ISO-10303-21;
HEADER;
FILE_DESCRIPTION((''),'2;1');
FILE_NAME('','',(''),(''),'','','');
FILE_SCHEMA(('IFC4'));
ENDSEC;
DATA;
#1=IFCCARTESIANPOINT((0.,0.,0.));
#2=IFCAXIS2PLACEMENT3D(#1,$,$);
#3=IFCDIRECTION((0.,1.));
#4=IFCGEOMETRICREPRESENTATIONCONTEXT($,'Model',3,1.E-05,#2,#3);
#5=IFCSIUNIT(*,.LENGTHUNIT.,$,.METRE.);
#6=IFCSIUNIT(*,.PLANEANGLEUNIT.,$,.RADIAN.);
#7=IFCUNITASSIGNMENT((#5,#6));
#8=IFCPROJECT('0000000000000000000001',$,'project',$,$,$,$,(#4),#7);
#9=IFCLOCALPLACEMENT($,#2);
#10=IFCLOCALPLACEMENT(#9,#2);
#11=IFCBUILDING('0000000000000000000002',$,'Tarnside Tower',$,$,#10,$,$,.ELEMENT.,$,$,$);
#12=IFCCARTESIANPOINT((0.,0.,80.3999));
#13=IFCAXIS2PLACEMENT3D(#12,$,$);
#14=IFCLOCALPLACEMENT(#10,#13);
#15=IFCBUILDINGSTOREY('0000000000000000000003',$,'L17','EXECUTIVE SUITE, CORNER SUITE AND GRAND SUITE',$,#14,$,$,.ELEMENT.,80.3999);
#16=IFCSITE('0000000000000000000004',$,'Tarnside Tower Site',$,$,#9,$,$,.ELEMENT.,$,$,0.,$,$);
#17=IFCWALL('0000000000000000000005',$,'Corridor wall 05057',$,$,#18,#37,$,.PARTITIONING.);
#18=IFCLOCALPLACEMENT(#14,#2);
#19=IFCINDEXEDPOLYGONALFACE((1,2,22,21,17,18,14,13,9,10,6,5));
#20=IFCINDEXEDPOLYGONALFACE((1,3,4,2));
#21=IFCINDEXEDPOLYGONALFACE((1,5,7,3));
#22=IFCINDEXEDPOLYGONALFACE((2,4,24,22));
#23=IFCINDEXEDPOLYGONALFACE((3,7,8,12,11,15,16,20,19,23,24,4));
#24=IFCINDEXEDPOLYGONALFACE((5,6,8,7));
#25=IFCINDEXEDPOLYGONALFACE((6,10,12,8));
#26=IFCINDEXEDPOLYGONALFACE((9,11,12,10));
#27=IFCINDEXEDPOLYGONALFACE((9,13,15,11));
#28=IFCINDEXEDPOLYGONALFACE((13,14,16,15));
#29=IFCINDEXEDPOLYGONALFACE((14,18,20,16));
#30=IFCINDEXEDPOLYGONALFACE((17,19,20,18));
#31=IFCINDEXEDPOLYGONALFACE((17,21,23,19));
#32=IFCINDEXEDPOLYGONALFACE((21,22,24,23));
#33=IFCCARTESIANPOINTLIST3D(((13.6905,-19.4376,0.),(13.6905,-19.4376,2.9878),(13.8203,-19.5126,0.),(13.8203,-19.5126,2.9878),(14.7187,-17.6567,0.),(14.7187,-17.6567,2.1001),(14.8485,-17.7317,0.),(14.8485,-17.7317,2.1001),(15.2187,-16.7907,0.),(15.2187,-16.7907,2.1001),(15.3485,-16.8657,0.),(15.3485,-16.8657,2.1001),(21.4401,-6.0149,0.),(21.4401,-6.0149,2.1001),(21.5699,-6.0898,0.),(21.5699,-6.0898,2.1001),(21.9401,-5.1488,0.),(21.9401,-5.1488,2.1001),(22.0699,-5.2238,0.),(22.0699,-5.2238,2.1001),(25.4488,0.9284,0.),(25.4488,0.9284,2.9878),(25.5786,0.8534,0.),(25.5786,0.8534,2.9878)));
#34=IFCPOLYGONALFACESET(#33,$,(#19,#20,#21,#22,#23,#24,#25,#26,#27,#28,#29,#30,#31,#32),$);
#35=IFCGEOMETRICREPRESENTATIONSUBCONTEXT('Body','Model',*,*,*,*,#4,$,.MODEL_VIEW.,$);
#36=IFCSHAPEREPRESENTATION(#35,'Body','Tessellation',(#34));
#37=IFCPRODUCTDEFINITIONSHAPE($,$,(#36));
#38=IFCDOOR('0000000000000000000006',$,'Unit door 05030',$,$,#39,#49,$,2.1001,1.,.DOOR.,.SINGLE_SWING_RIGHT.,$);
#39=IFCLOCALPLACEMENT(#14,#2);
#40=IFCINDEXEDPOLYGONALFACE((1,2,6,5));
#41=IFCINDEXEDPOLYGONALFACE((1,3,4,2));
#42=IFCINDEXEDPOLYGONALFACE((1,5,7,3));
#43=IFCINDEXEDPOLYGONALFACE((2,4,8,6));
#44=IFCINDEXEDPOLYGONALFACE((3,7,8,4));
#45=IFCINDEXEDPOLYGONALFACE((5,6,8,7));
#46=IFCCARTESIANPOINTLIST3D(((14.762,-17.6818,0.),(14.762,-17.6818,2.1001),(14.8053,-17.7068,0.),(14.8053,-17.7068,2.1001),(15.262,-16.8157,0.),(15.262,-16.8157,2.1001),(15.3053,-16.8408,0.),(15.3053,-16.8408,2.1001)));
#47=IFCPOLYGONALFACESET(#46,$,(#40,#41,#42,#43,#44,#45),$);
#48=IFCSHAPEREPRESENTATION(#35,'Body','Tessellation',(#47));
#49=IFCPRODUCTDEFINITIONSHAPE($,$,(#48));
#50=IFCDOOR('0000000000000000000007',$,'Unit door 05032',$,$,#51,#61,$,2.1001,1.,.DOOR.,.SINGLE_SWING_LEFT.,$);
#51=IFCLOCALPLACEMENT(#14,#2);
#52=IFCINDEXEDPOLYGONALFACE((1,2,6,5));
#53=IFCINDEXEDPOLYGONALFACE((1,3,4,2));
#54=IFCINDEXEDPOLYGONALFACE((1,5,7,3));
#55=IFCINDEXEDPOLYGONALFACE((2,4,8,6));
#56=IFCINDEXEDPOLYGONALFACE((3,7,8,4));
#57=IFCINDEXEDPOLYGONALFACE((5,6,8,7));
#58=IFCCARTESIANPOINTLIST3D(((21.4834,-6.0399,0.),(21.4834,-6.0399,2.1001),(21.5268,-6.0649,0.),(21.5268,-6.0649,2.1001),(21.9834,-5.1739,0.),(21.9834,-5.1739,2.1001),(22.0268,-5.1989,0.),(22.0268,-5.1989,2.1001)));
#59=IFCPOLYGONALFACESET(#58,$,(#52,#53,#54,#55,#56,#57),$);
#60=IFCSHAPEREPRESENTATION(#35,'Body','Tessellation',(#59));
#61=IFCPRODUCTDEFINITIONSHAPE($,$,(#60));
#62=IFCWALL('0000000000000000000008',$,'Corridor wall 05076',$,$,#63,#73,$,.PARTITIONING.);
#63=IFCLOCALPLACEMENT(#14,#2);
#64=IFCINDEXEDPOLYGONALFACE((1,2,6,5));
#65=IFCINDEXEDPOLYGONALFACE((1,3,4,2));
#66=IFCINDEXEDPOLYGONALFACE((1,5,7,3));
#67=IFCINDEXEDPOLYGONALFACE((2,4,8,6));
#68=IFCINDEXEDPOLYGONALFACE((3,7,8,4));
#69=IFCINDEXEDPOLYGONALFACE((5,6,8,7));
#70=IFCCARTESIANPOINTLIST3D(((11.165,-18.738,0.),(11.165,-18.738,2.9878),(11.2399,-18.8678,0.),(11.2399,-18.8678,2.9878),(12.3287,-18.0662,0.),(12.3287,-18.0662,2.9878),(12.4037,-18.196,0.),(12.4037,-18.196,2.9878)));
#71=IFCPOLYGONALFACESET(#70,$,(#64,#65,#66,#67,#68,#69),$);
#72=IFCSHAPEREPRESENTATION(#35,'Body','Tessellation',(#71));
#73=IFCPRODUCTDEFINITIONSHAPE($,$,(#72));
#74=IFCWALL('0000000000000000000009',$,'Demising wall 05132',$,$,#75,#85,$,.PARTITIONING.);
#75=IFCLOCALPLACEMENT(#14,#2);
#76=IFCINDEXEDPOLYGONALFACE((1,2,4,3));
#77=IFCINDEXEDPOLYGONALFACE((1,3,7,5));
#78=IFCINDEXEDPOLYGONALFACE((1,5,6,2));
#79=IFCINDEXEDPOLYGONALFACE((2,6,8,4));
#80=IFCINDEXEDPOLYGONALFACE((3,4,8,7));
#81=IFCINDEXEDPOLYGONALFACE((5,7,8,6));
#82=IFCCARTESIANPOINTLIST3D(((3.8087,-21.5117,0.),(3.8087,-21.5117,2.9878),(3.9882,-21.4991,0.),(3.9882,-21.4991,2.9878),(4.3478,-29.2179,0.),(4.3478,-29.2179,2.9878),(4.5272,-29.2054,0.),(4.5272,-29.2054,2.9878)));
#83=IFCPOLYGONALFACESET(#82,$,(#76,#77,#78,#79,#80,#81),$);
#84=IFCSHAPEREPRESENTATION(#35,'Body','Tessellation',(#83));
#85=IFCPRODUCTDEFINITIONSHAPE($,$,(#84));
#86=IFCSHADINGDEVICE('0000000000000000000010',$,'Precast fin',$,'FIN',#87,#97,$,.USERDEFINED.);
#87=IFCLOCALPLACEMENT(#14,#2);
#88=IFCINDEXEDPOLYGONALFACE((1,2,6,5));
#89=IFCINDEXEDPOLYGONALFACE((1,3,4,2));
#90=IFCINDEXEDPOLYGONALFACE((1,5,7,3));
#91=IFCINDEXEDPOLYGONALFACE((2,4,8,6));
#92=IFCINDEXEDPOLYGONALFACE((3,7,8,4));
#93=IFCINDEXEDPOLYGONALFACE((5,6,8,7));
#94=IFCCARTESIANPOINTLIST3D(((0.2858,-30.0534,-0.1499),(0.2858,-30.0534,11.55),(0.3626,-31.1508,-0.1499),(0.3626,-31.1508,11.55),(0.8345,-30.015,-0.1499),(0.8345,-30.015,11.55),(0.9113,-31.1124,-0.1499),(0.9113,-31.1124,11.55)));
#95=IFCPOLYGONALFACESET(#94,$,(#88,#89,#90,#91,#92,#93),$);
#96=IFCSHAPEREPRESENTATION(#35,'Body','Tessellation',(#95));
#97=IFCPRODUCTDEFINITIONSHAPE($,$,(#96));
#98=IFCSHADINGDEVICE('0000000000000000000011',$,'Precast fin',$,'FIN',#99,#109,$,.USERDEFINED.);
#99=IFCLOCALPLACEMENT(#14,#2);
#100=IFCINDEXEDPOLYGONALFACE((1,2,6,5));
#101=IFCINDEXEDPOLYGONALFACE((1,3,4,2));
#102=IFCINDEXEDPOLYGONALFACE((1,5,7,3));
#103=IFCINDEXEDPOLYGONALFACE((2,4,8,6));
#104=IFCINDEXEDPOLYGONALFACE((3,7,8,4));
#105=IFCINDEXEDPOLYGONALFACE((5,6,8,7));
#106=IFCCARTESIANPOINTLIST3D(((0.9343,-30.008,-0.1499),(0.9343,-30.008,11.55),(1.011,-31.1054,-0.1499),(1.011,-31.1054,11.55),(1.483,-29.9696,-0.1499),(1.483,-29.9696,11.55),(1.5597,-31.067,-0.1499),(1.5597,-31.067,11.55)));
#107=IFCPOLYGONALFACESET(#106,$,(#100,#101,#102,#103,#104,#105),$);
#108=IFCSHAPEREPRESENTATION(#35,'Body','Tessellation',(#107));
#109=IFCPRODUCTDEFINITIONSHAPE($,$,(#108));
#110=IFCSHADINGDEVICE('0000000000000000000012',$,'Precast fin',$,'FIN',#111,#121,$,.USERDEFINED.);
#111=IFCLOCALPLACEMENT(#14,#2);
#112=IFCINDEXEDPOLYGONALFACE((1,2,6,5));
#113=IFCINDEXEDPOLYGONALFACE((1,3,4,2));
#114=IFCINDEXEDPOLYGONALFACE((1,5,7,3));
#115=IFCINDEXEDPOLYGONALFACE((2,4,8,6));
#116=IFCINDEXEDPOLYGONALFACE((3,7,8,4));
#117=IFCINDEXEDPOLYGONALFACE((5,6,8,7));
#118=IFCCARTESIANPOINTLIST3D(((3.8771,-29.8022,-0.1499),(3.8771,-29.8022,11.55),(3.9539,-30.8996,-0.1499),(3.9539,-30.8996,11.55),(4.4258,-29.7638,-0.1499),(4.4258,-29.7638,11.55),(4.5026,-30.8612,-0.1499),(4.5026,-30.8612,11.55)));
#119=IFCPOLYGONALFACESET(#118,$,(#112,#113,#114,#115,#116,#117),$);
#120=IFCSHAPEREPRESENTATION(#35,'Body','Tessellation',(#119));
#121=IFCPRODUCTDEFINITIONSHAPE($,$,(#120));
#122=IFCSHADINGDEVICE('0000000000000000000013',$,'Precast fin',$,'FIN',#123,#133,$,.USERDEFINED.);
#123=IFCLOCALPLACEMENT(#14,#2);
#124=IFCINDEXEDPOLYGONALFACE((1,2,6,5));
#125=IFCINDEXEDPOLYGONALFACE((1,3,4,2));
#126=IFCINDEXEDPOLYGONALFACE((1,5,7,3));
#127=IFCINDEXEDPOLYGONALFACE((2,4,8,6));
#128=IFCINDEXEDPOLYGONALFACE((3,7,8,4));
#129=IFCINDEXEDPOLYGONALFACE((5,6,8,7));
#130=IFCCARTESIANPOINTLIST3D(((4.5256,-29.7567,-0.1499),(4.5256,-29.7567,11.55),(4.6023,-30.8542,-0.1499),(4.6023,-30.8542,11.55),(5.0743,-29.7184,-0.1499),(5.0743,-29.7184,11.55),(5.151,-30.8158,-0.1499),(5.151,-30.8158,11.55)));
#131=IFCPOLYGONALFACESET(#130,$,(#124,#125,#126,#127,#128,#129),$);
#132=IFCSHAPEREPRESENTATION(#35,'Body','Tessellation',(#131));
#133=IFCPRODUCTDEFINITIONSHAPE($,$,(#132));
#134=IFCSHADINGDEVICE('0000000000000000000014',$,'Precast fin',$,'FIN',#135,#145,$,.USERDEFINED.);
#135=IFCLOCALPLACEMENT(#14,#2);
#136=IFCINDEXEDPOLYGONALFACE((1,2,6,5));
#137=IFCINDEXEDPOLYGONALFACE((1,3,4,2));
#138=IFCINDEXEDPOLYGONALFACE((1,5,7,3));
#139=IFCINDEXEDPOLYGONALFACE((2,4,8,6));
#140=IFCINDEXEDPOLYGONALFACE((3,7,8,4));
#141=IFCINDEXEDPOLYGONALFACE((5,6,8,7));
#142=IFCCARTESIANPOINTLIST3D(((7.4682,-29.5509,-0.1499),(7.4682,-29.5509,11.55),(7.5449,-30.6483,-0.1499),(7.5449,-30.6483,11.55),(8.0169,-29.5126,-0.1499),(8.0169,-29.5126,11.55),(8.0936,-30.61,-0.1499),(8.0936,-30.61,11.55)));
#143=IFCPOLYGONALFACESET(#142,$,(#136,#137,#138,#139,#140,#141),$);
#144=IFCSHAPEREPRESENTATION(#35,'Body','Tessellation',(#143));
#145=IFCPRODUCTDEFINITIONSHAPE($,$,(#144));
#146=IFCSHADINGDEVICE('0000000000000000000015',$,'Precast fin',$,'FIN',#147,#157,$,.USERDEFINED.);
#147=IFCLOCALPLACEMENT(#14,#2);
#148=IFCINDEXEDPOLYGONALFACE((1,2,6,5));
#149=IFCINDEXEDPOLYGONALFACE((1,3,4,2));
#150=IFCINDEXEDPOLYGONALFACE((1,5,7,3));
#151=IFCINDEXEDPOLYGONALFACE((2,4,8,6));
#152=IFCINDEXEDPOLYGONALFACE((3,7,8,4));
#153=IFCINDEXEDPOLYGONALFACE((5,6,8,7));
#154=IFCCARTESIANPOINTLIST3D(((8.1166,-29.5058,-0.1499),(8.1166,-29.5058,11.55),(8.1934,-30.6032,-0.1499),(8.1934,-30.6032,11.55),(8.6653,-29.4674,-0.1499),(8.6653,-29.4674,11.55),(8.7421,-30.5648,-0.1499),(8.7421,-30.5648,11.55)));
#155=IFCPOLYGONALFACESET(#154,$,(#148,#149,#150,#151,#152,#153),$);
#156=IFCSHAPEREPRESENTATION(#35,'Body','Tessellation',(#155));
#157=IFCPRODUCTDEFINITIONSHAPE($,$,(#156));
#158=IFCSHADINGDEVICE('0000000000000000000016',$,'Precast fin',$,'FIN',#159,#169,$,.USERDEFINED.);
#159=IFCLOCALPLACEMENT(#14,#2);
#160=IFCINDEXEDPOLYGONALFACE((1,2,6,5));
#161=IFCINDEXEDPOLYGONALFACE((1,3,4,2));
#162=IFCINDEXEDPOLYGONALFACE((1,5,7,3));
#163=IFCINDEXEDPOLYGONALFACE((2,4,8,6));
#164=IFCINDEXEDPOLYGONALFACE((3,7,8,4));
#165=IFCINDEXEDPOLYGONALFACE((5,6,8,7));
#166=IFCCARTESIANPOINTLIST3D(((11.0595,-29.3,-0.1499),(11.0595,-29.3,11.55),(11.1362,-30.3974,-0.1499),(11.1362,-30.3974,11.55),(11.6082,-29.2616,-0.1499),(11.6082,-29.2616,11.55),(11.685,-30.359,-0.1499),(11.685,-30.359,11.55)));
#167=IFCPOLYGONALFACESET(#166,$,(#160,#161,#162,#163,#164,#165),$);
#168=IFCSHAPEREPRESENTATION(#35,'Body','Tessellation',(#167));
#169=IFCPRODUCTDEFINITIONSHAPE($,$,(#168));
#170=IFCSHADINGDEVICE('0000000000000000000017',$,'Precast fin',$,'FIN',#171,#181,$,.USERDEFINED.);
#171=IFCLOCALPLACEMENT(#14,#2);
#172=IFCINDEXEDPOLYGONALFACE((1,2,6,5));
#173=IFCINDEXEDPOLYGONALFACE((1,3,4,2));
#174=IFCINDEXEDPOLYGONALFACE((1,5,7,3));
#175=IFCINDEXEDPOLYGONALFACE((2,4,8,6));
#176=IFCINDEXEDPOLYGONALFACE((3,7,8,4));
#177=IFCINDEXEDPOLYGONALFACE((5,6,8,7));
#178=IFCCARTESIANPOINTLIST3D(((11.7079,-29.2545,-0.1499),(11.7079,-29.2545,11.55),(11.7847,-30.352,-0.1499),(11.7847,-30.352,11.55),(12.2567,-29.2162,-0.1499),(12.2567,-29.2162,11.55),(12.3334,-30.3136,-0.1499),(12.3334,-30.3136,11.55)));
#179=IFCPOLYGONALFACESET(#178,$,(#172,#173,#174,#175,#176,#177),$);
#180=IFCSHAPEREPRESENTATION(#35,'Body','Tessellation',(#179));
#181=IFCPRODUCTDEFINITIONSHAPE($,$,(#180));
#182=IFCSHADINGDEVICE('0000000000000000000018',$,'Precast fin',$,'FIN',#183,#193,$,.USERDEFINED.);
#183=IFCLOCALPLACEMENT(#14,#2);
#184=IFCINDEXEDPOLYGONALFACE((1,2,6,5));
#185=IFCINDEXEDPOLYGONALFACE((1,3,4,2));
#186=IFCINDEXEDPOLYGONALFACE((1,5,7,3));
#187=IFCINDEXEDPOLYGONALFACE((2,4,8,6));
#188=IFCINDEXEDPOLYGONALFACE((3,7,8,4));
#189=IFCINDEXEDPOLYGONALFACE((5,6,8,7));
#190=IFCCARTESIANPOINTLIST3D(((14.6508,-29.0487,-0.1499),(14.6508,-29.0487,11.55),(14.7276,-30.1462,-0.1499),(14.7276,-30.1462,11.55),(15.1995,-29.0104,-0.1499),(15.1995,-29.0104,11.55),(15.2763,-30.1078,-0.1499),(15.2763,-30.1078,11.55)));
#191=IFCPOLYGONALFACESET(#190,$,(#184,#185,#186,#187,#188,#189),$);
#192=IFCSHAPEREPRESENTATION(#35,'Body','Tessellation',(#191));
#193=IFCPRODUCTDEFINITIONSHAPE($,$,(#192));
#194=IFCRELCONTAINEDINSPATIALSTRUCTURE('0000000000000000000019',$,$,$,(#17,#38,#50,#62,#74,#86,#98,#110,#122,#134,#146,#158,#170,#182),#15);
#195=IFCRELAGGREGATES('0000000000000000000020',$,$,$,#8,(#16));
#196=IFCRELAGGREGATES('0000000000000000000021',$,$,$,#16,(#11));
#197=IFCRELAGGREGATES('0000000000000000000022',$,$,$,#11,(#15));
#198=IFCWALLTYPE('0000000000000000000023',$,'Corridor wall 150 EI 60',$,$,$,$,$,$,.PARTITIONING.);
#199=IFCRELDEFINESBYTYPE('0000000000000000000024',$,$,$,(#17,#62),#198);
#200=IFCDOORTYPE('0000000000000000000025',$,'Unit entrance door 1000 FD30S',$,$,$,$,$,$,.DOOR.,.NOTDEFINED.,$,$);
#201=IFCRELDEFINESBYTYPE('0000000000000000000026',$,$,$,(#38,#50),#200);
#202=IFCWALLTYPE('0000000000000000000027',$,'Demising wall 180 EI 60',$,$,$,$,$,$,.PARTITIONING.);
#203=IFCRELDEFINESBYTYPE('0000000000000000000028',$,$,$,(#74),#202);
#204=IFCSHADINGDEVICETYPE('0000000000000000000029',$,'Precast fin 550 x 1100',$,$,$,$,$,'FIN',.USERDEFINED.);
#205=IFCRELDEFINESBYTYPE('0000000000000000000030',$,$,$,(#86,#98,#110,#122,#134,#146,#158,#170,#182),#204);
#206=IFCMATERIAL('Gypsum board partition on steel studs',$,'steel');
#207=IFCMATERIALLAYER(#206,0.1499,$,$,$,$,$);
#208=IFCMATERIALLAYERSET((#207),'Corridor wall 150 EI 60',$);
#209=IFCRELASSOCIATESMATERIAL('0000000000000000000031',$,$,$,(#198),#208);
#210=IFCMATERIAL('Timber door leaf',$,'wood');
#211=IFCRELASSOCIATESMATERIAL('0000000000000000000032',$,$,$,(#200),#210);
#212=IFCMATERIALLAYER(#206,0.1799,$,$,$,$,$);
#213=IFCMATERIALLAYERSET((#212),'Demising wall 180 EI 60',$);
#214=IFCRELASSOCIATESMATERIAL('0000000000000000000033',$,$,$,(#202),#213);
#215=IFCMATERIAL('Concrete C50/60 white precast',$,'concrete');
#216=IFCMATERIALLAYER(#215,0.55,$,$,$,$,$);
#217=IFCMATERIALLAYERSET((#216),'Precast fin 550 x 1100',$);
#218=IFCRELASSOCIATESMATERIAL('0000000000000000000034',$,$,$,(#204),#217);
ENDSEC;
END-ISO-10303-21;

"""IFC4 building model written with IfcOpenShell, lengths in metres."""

from ifc_helpers import new_model, si_unit, direction, frame, frame_2d, origin, place, context, subcontext, project, spatial, polyline, rectangle, outline, extrude, material, layer, layer_set, type_object, element, fill, save


model = new_model("IFC4")

# Units and contexts
model_context = context("Model", 3, precision=1e-05, world=origin(), true_north=direction((0.0, 1.0)))
body_context = subcontext(model_context, "Body", "Model", "MODEL_VIEW")
ifc_project = project(units=[si_unit("LENGTHUNIT", "METRE"), si_unit("PLANEANGLEUNIT", "RADIAN")], contexts=[model_context])

# Site, building, storey
site_placement = place(None, origin())
site = spatial("IfcSite", under=ifc_project, at=site_placement, Name="Tarnside Tower Site", CompositionType="ELEMENT", RefElevation=0.0)
building_placement = place(site_placement, origin())
building = spatial("IfcBuilding", under=site, at=building_placement, Name="Tarnside Tower", CompositionType="ELEMENT")
storey_placement = place(building_placement, frame((0.0, 0.0, 80.3999)))
storey = spatial("IfcBuildingStorey", under=building, at=storey_placement, Name="L17", Description="EXECUTIVE SUITE, CORNER SUITE AND GRAND SUITE", CompositionType="ELEMENT", Elevation=80.3999)

# Shared definitions
ifc_material_1 = material(Name="Gypsum board partition on steel studs", Category="steel")
ifc_material_2 = material(Name="Timber door leaf", Category="wood")

# Shared definitions
ifc_layer_1 = layer(ifc_material_1, 0.1499)
ifc_layer_set_1 = layer_set([ifc_layer_1], Name="Corridor wall 150 EI 60")
wall_type_1 = type_object("IfcWallType", Name="Corridor wall 150 EI 60", PredefinedType="PARTITIONING", material=ifc_layer_set_1)

# Wall, openings, doors
wall_1_placement = place(storey_placement, frame((13.7554, -19.4751, 0.0), z_axis=(0.0, 0.0, 1.0), x_axis=(0.5, 0.866025, 0.0)))
wall_1 = element("IfcWall", 1, at=wall_1_placement, inside=storey, type_object=wall_type_1, Name="Corridor wall 05057", PredefinedType="PARTITIONING", context=body_context, shape_type="SweptSolid", body=[
    extrude(rectangle(XDim=23.5166, YDim=0.1499, at=frame_2d((11.7583, 0.0))), origin(), (0.0, 0.0, 1.0), 2.9878),
])
opening_1_placement = place(wall_1_placement, frame((2.0564, 0.0, 0.0)))
opening_1 = element("IfcOpeningElement", 2, at=opening_1_placement, cuts=wall_1, PredefinedType="OPENING", context=body_context, shape_type="SweptSolid", body=[
    extrude(rectangle(XDim=1.0, YDim=2.1001, at=frame_2d((0.5, 1.05))), frame((0.0, 0.085, 0.0), z_axis=(0.0, -1.0, 0.0), x_axis=(1.0, 0.0, 0.0)), (0.0, 0.0, 1.0), 0.1699),
])
opening_2_placement = place(wall_1_placement, frame((15.4993, 0.0, 0.0)))
opening_2 = element("IfcOpeningElement", 3, at=opening_2_placement, cuts=wall_1, PredefinedType="OPENING", context=body_context, shape_type="SweptSolid", body=[
    extrude(rectangle(XDim=1.0, YDim=2.1001, at=frame_2d((0.5, 1.05))), frame((0.0, 0.085, 0.0), z_axis=(0.0, -1.0, 0.0), x_axis=(1.0, 0.0, 0.0)), (0.0, 0.0, 1.0), 0.1699),
])
door_type_1 = type_object("IfcDoorType", Name="Unit entrance door 1000 FD30S", OperationType="NOTDEFINED", PredefinedType="DOOR", material=ifc_material_2)
door_1_placement = place(opening_1_placement, origin())
door_1 = element("IfcDoor", 4, at=door_1_placement, inside=storey, type_object=door_type_1, Name="Unit door 05030", OperationType="SINGLE_SWING_RIGHT", OverallHeight=2.1001, OverallWidth=1.0, PredefinedType="DOOR", context=body_context, shape_type="SweptSolid", body=[
    extrude(rectangle(XDim=1.0, YDim=2.1001, at=frame_2d((0.5, 1.05))), frame((0.0, 0.0249, 0.0), z_axis=(0.0, -1.0, 0.0), x_axis=(1.0, 0.0, 0.0)), (0.0, 0.0, 1.0), 0.05),
])
fill(opening_1, door_1)
door_2_placement = place(opening_2_placement, origin())
door_2 = element("IfcDoor", 5, at=door_2_placement, inside=storey, type_object=door_type_1, Name="Unit door 05032", OperationType="SINGLE_SWING_LEFT", OverallHeight=2.1001, OverallWidth=1.0, PredefinedType="DOOR", context=body_context, shape_type="SweptSolid", body=[
    extrude(rectangle(XDim=1.0, YDim=2.1001, at=frame_2d((0.5, 1.05))), frame((0.0, 0.0249, 0.0), z_axis=(0.0, -1.0, 0.0), x_axis=(1.0, 0.0, 0.0)), (0.0, 0.0, 1.0), 0.05),
])
fill(opening_2, door_2)

# Walls
wall_2_placement = place(storey_placement, frame((12.3662, -18.1311, 0.0), z_axis=(0.0, 0.0, 1.0), x_axis=(-0.866043, -0.499969, 0.0)))
element("IfcWall", 6, at=wall_2_placement, inside=storey, type_object=wall_type_1, Name="Corridor wall 05076", PredefinedType="PARTITIONING", context=body_context, shape_type="SweptSolid", body=[
    extrude(rectangle(XDim=1.3438, YDim=0.1499, at=frame_2d((0.6719, 0.0))), origin(), (0.0, 0.0, 1.0), 2.9878),
])
ifc_layer_2 = layer(ifc_material_1, 0.1799)
ifc_layer_set_2 = layer_set([ifc_layer_2], Name="Demising wall 180 EI 60")
wall_type_2 = type_object("IfcWallType", Name="Demising wall 180 EI 60", PredefinedType="PARTITIONING", material=ifc_layer_set_2)
wall_3_placement = place(storey_placement, frame((4.4375, -29.2117, 0.0), z_axis=(0.0, 0.0, 1.0), x_axis=(-0.06978, 0.997562, 0.0)))
element("IfcWall", 7, at=wall_3_placement, inside=storey, type_object=wall_type_2, Name="Demising wall 05132", PredefinedType="PARTITIONING", context=body_context, shape_type="SweptSolid", body=[
    extrude(rectangle(XDim=7.7251, YDim=0.1799, at=frame_2d((3.8625, 0.0))), origin(), (0.0, 0.0, 1.0), 2.9878),
])

# Shading devices
ifc_material_3 = material(Name="Concrete C50/60 white precast", Category="concrete")
ifc_layer_3 = layer(ifc_material_3, 0.55)
ifc_layer_set_3 = layer_set([ifc_layer_3], Name="Precast fin 550 x 1100")
shading_device_type = type_object("IfcShadingDeviceType", Name="Precast fin 550 x 1100", ElementType="FIN", PredefinedType="USERDEFINED", material=ifc_layer_set_3)
for number, where, z_axis, x_axis, name in (
    (8, (0.5603, -30.0342, -0.1499), (-0.997564, -0.069756, 0.0), (0.069756, -0.997564, 0.0), "Precast fin"),
    (9, (1.2087, -29.9888, -0.1499), (-0.997564, -0.069756, 0.0), (0.069756, -0.997564, 0.0), "Precast fin"),
    (10, (4.1516, -29.783, -0.1499), (-0.997564, -0.069756, 0.0), (0.069756, -0.997564, 0.0), "Precast fin"),
    (11, (4.8, -29.7375, -0.1499), (-0.997564, -0.069756, 0.0), (0.069756, -0.997564, 0.0), "Precast fin"),
    (12, (7.7427, -29.5317, -0.1499), (-0.997564, -0.069756, 0.0), (0.069756, -0.997564, 0.0), "Precast fin"),
    (13, (8.3911, -29.4866, -0.1499), (-0.997564, -0.069756, 0.0), (0.069756, -0.997564, 0.0), "Precast fin"),
    (14, (11.334, -29.2808, -0.1499), (-0.997564, -0.069756, 0.0), (0.069756, -0.997564, 0.0), "Precast fin"),
    (15, (11.9824, -29.2354, -0.1499), (-0.997564, -0.069756, 0.0), (0.069756, -0.997564, 0.0), "Precast fin"),
    (16, (14.9253, -29.0295, -0.1499), (-0.997564, -0.069756, 0.0), (0.069756, -0.997564, 0.0), "Precast fin"),
):
    element("IfcShadingDevice", number, at=place(storey_placement, frame(where, z_axis=z_axis, x_axis=x_axis)), inside=storey, type_object=shading_device_type, Name=name, ObjectType="FIN", PredefinedType="USERDEFINED", context=body_context, shape_type="SweptSolid", body=[
        extrude(outline(polyline([(0.0, 0.0), (1.1001, 0.0), (1.1001, 11.7), (0.0, 11.7), (0.0, 0.0)])), frame((0.0, 0.0, -0.2749)), (0.0, 0.0, 1.0), 0.55),
    ])

save(model, "model.ifc")
